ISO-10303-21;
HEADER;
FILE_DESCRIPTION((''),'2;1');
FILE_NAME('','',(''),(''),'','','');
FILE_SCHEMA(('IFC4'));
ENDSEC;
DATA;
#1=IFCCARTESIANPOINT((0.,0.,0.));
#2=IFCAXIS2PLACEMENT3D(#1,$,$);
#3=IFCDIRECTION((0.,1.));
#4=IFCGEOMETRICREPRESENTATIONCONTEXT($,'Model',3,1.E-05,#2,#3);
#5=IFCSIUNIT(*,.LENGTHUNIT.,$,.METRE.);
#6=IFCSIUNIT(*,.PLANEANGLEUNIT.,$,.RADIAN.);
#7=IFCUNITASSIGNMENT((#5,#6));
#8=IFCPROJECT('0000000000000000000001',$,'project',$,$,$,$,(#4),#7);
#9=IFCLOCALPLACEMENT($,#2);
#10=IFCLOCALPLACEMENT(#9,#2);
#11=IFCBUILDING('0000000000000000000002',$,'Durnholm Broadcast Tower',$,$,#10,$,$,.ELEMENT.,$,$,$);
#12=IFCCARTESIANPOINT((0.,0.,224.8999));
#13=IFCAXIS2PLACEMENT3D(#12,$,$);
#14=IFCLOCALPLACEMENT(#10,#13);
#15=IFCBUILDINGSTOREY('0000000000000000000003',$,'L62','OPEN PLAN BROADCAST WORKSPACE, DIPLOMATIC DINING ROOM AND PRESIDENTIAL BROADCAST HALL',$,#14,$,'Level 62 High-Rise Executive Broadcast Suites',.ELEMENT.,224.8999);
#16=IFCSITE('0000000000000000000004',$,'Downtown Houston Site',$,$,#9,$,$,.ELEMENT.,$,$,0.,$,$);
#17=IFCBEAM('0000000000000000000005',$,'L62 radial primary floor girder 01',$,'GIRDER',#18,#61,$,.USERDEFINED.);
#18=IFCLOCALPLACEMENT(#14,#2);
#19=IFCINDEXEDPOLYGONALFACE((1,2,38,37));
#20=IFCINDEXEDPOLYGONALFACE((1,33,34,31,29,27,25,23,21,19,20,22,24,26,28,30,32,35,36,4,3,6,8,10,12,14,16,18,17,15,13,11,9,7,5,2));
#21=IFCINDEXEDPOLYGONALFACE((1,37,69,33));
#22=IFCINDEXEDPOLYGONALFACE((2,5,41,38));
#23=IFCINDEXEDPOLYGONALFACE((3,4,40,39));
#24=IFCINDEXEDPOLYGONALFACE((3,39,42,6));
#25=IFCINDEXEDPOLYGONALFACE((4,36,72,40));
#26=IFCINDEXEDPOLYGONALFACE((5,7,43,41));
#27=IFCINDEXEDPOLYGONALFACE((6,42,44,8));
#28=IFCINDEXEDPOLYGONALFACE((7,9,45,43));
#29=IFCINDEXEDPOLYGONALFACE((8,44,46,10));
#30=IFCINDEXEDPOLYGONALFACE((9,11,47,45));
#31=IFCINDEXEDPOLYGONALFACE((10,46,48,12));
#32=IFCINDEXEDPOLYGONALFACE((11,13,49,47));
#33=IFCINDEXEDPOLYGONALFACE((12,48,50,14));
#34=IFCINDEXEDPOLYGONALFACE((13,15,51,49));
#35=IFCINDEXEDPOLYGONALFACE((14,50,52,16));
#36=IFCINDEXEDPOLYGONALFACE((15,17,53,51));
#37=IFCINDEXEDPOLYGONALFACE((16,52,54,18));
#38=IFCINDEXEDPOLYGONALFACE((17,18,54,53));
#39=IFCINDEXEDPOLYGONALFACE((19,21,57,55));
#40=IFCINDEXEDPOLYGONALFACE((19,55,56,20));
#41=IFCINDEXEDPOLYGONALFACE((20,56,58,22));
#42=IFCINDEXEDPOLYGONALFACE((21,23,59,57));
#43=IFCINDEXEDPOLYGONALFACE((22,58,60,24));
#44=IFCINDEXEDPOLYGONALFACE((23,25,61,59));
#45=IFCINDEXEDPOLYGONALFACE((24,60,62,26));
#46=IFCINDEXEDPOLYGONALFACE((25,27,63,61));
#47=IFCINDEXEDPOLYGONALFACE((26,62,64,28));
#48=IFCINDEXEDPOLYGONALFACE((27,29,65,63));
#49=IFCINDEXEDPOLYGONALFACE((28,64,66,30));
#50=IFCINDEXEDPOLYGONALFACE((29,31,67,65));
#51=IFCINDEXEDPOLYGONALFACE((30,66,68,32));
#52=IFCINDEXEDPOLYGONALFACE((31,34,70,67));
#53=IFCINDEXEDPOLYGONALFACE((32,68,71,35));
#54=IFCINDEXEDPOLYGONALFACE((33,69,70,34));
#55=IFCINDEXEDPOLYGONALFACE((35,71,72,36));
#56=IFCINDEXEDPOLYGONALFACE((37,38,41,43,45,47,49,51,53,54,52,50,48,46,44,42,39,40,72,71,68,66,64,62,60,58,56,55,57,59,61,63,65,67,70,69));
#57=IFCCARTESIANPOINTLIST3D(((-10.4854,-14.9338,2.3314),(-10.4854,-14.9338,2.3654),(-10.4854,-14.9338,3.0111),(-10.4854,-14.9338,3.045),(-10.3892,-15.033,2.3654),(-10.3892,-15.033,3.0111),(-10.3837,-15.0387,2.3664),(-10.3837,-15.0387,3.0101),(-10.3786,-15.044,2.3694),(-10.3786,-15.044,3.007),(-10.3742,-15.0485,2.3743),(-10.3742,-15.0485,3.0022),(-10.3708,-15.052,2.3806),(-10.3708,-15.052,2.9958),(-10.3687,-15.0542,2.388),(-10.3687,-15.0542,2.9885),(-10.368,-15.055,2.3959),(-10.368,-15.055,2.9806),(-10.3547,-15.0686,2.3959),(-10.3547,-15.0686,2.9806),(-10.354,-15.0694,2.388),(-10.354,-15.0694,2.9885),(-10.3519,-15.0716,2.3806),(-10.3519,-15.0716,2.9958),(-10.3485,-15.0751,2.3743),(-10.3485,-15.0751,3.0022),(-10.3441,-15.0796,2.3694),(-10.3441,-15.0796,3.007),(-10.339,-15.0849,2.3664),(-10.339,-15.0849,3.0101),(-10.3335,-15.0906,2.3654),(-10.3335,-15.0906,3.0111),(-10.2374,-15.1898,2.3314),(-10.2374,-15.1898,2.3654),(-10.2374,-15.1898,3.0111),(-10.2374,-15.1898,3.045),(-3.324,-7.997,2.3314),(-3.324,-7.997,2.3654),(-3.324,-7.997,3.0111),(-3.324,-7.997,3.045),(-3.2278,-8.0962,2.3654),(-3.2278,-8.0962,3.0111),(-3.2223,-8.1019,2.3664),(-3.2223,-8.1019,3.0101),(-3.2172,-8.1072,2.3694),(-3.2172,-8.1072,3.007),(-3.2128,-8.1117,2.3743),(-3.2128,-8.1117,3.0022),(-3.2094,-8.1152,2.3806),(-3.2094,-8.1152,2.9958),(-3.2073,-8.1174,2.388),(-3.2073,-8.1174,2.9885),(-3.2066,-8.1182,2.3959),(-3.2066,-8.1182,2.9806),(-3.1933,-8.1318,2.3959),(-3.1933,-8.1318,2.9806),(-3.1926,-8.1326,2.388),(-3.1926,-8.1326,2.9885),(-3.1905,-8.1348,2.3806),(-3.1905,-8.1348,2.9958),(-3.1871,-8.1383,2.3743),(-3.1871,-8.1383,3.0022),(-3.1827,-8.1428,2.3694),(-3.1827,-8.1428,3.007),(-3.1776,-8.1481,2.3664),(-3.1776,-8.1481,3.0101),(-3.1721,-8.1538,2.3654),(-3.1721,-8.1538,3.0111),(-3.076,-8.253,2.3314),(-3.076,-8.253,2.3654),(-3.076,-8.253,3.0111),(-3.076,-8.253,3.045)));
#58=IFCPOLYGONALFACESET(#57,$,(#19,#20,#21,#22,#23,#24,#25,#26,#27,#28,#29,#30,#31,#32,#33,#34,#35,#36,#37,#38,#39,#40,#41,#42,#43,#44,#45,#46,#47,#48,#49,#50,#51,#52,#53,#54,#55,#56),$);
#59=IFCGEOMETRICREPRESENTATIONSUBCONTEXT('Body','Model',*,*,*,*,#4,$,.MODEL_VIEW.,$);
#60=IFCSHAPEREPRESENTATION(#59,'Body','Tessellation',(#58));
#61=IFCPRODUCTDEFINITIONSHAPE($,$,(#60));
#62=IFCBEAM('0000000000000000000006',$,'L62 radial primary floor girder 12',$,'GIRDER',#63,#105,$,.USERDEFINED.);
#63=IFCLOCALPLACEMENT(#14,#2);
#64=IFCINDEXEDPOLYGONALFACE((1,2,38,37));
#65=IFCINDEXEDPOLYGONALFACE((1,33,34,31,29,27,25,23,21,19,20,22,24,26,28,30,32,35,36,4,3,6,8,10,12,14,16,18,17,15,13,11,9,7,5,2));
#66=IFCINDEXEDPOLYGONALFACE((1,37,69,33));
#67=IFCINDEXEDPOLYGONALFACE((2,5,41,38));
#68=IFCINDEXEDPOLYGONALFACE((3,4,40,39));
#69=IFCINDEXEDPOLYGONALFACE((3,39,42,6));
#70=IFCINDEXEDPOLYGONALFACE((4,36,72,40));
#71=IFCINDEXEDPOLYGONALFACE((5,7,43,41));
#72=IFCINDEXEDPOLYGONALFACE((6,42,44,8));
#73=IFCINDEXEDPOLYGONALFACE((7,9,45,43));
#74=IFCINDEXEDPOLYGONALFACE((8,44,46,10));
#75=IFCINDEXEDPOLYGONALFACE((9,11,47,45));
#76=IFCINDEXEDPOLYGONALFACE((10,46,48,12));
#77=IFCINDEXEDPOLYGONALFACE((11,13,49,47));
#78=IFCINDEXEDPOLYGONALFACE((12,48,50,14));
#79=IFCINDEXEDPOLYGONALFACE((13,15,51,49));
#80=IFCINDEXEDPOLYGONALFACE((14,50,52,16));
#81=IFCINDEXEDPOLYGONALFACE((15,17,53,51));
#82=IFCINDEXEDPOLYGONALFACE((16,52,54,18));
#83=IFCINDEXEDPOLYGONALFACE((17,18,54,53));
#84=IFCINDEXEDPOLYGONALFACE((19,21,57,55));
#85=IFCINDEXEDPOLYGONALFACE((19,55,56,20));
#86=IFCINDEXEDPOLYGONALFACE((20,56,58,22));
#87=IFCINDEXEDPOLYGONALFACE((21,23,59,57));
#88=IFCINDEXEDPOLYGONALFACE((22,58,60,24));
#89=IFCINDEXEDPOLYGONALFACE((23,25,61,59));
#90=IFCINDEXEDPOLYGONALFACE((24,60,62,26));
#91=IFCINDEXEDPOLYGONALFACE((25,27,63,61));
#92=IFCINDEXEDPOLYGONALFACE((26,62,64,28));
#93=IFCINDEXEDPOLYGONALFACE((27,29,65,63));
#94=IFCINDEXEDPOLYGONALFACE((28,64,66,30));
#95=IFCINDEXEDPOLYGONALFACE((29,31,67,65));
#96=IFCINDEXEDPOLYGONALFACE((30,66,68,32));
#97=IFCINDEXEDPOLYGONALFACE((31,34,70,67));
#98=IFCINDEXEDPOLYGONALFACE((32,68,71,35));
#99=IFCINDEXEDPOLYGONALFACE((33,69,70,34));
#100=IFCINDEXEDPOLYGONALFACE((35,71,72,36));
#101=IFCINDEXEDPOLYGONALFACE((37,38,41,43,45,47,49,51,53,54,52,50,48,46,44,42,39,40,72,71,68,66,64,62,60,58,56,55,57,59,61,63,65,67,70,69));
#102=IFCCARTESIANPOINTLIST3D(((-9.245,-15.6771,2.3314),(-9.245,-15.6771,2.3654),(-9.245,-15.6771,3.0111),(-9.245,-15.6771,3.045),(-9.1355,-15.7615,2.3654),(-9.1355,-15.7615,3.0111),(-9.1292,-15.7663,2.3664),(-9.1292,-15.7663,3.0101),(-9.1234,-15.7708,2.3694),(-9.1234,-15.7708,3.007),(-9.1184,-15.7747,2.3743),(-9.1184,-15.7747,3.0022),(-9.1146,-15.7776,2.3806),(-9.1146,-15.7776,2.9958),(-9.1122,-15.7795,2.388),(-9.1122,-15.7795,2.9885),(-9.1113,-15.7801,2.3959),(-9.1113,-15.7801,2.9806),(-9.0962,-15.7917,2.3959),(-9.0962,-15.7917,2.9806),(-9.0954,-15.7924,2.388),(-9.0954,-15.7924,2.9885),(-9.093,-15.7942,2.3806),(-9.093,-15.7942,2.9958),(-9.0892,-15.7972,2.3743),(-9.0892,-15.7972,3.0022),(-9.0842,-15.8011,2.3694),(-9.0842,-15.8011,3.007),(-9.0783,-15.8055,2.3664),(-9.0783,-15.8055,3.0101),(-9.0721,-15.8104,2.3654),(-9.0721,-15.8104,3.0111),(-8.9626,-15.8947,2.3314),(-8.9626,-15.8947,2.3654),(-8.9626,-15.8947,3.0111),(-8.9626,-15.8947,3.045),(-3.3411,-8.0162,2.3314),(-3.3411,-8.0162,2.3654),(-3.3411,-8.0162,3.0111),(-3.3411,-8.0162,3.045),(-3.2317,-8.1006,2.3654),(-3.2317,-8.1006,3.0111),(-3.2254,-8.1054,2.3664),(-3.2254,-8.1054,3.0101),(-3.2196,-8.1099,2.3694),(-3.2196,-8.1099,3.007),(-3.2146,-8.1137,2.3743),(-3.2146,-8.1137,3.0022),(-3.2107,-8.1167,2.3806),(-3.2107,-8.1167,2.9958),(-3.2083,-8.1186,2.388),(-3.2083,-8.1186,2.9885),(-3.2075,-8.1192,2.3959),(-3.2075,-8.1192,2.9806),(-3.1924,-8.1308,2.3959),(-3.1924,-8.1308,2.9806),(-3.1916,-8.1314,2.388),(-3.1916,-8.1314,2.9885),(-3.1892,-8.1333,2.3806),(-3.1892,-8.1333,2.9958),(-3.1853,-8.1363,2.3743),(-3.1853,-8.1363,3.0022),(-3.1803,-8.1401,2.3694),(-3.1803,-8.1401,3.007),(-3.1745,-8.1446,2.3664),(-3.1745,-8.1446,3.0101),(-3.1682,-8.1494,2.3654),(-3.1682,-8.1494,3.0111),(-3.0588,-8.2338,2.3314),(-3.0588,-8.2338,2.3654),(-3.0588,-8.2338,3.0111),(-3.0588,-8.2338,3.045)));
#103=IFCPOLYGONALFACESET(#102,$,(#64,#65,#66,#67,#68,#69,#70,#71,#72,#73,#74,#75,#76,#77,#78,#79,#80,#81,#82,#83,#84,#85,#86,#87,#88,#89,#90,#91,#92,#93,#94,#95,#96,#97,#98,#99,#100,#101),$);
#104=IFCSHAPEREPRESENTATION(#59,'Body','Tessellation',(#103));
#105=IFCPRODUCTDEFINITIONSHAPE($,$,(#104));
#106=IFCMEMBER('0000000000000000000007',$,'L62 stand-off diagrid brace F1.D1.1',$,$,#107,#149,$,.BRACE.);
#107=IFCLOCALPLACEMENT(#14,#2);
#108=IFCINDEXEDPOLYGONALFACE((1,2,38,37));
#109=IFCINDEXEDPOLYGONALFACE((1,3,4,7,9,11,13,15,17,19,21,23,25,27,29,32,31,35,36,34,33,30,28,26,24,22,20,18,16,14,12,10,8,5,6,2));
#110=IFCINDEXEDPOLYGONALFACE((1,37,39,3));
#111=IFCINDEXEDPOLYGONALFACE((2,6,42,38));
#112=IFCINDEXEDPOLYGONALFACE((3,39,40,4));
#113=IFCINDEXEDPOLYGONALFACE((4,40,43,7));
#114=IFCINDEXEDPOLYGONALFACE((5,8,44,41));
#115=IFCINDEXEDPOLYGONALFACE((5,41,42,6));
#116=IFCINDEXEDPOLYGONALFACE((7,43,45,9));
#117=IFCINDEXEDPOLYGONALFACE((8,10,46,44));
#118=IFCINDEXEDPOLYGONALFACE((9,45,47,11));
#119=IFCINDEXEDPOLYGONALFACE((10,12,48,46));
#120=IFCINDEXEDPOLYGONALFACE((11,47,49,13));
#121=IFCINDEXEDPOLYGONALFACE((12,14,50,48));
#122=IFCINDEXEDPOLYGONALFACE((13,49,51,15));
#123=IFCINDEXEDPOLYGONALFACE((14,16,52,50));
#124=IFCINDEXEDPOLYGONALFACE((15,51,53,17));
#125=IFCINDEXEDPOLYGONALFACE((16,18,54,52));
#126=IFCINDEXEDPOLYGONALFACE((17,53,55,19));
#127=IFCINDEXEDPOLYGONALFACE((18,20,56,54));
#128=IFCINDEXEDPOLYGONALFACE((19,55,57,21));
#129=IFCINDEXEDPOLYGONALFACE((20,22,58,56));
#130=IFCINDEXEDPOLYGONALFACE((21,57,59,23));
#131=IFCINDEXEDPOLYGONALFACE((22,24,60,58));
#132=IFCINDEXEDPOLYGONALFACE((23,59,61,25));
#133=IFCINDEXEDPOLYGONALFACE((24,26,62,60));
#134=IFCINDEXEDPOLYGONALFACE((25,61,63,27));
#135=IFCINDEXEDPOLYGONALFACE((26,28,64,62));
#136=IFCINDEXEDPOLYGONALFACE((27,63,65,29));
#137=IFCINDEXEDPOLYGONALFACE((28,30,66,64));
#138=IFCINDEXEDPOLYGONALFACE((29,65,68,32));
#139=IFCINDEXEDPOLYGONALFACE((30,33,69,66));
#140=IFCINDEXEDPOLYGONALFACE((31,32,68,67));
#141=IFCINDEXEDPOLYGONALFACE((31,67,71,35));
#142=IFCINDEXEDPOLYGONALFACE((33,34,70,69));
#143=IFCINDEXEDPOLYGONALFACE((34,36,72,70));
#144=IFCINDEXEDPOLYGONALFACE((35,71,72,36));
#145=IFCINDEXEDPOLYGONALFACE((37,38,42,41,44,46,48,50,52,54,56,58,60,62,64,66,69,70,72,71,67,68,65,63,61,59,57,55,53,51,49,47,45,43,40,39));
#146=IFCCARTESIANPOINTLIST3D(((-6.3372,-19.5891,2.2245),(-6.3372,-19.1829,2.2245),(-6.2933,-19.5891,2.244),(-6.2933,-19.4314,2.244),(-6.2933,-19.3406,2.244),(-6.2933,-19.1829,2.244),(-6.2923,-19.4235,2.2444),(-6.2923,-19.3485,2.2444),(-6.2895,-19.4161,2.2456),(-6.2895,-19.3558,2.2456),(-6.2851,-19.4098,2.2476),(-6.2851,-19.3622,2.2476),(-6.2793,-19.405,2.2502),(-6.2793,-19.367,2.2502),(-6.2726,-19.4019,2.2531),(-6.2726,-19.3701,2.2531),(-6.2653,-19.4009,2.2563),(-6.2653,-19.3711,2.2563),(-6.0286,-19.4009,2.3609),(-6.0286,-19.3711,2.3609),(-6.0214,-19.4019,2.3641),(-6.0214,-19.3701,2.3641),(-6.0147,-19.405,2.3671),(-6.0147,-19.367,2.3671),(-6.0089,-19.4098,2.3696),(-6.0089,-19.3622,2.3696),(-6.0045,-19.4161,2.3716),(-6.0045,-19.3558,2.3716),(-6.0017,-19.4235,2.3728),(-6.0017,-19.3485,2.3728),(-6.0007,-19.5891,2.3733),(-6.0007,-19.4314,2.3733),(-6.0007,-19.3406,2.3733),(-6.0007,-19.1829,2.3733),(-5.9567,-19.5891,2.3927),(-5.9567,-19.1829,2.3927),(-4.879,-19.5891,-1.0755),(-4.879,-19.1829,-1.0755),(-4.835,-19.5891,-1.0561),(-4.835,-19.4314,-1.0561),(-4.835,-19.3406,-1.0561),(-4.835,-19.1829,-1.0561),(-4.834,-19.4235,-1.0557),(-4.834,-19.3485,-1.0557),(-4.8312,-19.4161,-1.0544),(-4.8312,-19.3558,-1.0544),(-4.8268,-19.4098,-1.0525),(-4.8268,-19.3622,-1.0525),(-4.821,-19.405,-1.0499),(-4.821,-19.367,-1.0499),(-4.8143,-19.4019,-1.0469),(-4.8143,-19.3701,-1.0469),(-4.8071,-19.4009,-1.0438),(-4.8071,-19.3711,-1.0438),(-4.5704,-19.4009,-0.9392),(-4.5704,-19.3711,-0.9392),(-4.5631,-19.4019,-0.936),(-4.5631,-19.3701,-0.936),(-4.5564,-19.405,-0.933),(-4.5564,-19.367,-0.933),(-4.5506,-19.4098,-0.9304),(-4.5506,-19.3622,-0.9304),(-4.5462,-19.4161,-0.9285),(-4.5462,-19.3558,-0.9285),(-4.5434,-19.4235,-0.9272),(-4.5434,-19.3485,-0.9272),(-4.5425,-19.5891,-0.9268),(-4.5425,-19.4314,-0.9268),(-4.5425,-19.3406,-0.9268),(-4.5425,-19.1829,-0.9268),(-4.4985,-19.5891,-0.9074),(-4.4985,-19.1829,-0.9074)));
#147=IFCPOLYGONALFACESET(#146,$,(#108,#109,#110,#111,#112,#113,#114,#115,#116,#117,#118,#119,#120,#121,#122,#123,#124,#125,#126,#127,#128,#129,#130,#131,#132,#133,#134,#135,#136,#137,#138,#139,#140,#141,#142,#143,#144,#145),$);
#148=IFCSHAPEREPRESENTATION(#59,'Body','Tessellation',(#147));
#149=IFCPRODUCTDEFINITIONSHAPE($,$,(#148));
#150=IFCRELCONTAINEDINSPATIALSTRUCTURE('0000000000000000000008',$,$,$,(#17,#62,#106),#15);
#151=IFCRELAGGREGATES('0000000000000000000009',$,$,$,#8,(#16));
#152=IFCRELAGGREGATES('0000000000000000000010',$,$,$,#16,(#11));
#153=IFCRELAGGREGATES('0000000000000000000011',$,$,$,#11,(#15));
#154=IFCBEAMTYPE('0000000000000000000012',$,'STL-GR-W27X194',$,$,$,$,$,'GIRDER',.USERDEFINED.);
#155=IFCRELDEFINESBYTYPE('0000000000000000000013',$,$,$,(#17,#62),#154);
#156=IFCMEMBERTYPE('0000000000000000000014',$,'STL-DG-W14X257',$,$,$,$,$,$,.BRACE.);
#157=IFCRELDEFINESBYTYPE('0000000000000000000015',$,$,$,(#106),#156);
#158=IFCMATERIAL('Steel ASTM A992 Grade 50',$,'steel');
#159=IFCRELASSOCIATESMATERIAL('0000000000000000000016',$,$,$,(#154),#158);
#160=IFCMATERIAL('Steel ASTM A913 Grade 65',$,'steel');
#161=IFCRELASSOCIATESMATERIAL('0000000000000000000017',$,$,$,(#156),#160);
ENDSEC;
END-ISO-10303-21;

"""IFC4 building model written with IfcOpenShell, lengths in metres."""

from ifc_helpers import new_model, si_unit, direction, frame, origin, origin_2d, place, context, subcontext, project, spatial, i_section, extrude, source, transform, mapped, material, material_profile, profile_set, type_object, type_shapes, element, save


model = new_model("IFC4")

# Units and contexts
model_context = context("Model", 3, precision=1e-05, world=origin(), true_north=direction((0.0, 1.0)))
body_context = subcontext(model_context, "Body", "Model", "MODEL_VIEW")
ifc_project = project(units=[si_unit("LENGTHUNIT", "METRE"), si_unit("PLANEANGLEUNIT", "RADIAN")], contexts=[model_context])

# Site, building, storey
site_placement = place(None, origin())
site = spatial("IfcSite", under=ifc_project, at=site_placement, Name="Downtown Houston Site", CompositionType="ELEMENT", RefElevation=0.0)
building_placement = place(site_placement, origin())
building = spatial("IfcBuilding", under=site, at=building_placement, Name="Durnholm Broadcast Tower", CompositionType="ELEMENT")
storey_placement = place(building_placement, frame((0.0, 0.0, 224.8999)))
storey = spatial("IfcBuildingStorey", under=building, at=storey_placement, Name="L62", Description="OPEN PLAN BROADCAST WORKSPACE, DIPLOMATIC DINING ROOM AND PRESIDENTIAL BROADCAST HALL", LongName="Level 62 High-Rise Executive Broadcast Suites", CompositionType="ELEMENT", Elevation=224.8999)

# Beams
ifc_material_1 = material(Name="Steel ASTM A992 Grade 50", Category="steel")
ifc_material_profile_1 = material_profile(ifc_material_1, i_section(OverallWidth=0.3564, OverallDepth=0.7136, WebThickness=0.019, FlangeThickness=0.0339, FilletRadius=0.0305, at=origin_2d()), Name="W27X194")
ifc_profile_set_1 = profile_set([ifc_material_profile_1], Name="Steel ASTM A992 Grade 50")
beam_type_1 = type_object("IfcBeamType", Name="STL-GR-W27X194", ElementType="GIRDER", PredefinedType="USERDEFINED", material=ifc_profile_set_1)
shared_shape_1 = source(origin(), body_context, "Body", "SweptSolid", [
    extrude(i_section(OverallWidth=0.3564, OverallDepth=0.7136, WebThickness=0.019, FlangeThickness=0.0339, FilletRadius=0.0305, at=origin_2d()), origin(), (0.0, 0.0, 1.0), 9.9702),
])
beam_1_placement = place(storey_placement, frame((-3.2, -8.125, 2.6882), z_axis=(-0.718281, -0.695753, 0.0), x_axis=(0.695753, -0.718281, 0.0)))
element("IfcBeam", 1, at=beam_1_placement, inside=storey, type_object=beam_type_1, Name="L62 radial primary floor girder 01", ObjectType="GIRDER", PredefinedType="USERDEFINED", context=body_context, shape_type="MappedRepresentation", body=[
    mapped(shared_shape_1, transform((0.0, 0.0, 0.0), x_axis=(1.0, 0.0, 0.0), y_axis=(0.0, 1.0, 0.0), z_axis=(0.0, 0.0, 1.0), scale=1.0)),
])
shared_shape_2 = source(origin(), body_context, "Body", "SweptSolid", [
    extrude(i_section(OverallWidth=0.3564, OverallDepth=0.7136, WebThickness=0.019, FlangeThickness=0.0339, FilletRadius=0.0305, at=origin_2d()), origin(), (0.0, 0.0, 1.0), 9.6719),
])
type_shapes(beam_type_1, [shared_shape_1, shared_shape_2])
beam_2_placement = place(storey_placement, frame((-3.2, -8.125, 2.6882), z_axis=(-0.610413, -0.792083, 0.0), x_axis=(0.792083, -0.610413, 0.0)))
element("IfcBeam", 2, at=beam_2_placement, inside=storey, type_object=beam_type_1, Name="L62 radial primary floor girder 12", ObjectType="GIRDER", PredefinedType="USERDEFINED", context=body_context, shape_type="MappedRepresentation", body=[
    mapped(shared_shape_2, transform((0.0, 0.0, 0.0), x_axis=(1.0, 0.0, 0.0), y_axis=(0.0, 1.0, 0.0), z_axis=(0.0, 0.0, 1.0), scale=1.0)),
])

# Member
ifc_material_2 = material(Name="Steel ASTM A913 Grade 65", Category="steel")
ifc_material_profile_2 = material_profile(ifc_material_2, i_section(OverallWidth=0.4062, OverallDepth=0.416, WebThickness=0.0298, FlangeThickness=0.0481, FilletRadius=0.0305, at=origin_2d()), Name="W14X257")
ifc_profile_set_2 = profile_set([ifc_material_profile_2], Name="Steel ASTM A913 Grade 65")
member_type_1 = type_object("IfcMemberType", Name="STL-DG-W14X257", PredefinedType="BRACE", material=ifc_profile_set_2)
shared_shape_3 = source(origin(), body_context, "Body", "SweptSolid", [
    extrude(i_section(OverallWidth=0.4062, OverallDepth=0.416, WebThickness=0.0298, FlangeThickness=0.0481, FilletRadius=0.0305, at=origin_2d()), origin(), (0.0, 0.0, 1.0), 3.6079),
])
member_1_placement = place(storey_placement, frame((-4.6887, -19.386, -0.9915), z_axis=(-0.404185, 0.0, 0.914677), x_axis=(0.0, -1.0, 0.0)))
element("IfcMember", 3, at=member_1_placement, inside=storey, type_object=member_type_1, Name="L62 stand-off diagrid brace F1.D1.1", PredefinedType="BRACE", context=body_context, shape_type="MappedRepresentation", body=[
    mapped(shared_shape_3, transform((0.0, 0.0, 0.0), x_axis=(1.0, 0.0, 0.0), y_axis=(0.0, 1.0, 0.0), z_axis=(0.0, 0.0, 1.0), scale=1.0)),
])

save(model, "model.ifc")
